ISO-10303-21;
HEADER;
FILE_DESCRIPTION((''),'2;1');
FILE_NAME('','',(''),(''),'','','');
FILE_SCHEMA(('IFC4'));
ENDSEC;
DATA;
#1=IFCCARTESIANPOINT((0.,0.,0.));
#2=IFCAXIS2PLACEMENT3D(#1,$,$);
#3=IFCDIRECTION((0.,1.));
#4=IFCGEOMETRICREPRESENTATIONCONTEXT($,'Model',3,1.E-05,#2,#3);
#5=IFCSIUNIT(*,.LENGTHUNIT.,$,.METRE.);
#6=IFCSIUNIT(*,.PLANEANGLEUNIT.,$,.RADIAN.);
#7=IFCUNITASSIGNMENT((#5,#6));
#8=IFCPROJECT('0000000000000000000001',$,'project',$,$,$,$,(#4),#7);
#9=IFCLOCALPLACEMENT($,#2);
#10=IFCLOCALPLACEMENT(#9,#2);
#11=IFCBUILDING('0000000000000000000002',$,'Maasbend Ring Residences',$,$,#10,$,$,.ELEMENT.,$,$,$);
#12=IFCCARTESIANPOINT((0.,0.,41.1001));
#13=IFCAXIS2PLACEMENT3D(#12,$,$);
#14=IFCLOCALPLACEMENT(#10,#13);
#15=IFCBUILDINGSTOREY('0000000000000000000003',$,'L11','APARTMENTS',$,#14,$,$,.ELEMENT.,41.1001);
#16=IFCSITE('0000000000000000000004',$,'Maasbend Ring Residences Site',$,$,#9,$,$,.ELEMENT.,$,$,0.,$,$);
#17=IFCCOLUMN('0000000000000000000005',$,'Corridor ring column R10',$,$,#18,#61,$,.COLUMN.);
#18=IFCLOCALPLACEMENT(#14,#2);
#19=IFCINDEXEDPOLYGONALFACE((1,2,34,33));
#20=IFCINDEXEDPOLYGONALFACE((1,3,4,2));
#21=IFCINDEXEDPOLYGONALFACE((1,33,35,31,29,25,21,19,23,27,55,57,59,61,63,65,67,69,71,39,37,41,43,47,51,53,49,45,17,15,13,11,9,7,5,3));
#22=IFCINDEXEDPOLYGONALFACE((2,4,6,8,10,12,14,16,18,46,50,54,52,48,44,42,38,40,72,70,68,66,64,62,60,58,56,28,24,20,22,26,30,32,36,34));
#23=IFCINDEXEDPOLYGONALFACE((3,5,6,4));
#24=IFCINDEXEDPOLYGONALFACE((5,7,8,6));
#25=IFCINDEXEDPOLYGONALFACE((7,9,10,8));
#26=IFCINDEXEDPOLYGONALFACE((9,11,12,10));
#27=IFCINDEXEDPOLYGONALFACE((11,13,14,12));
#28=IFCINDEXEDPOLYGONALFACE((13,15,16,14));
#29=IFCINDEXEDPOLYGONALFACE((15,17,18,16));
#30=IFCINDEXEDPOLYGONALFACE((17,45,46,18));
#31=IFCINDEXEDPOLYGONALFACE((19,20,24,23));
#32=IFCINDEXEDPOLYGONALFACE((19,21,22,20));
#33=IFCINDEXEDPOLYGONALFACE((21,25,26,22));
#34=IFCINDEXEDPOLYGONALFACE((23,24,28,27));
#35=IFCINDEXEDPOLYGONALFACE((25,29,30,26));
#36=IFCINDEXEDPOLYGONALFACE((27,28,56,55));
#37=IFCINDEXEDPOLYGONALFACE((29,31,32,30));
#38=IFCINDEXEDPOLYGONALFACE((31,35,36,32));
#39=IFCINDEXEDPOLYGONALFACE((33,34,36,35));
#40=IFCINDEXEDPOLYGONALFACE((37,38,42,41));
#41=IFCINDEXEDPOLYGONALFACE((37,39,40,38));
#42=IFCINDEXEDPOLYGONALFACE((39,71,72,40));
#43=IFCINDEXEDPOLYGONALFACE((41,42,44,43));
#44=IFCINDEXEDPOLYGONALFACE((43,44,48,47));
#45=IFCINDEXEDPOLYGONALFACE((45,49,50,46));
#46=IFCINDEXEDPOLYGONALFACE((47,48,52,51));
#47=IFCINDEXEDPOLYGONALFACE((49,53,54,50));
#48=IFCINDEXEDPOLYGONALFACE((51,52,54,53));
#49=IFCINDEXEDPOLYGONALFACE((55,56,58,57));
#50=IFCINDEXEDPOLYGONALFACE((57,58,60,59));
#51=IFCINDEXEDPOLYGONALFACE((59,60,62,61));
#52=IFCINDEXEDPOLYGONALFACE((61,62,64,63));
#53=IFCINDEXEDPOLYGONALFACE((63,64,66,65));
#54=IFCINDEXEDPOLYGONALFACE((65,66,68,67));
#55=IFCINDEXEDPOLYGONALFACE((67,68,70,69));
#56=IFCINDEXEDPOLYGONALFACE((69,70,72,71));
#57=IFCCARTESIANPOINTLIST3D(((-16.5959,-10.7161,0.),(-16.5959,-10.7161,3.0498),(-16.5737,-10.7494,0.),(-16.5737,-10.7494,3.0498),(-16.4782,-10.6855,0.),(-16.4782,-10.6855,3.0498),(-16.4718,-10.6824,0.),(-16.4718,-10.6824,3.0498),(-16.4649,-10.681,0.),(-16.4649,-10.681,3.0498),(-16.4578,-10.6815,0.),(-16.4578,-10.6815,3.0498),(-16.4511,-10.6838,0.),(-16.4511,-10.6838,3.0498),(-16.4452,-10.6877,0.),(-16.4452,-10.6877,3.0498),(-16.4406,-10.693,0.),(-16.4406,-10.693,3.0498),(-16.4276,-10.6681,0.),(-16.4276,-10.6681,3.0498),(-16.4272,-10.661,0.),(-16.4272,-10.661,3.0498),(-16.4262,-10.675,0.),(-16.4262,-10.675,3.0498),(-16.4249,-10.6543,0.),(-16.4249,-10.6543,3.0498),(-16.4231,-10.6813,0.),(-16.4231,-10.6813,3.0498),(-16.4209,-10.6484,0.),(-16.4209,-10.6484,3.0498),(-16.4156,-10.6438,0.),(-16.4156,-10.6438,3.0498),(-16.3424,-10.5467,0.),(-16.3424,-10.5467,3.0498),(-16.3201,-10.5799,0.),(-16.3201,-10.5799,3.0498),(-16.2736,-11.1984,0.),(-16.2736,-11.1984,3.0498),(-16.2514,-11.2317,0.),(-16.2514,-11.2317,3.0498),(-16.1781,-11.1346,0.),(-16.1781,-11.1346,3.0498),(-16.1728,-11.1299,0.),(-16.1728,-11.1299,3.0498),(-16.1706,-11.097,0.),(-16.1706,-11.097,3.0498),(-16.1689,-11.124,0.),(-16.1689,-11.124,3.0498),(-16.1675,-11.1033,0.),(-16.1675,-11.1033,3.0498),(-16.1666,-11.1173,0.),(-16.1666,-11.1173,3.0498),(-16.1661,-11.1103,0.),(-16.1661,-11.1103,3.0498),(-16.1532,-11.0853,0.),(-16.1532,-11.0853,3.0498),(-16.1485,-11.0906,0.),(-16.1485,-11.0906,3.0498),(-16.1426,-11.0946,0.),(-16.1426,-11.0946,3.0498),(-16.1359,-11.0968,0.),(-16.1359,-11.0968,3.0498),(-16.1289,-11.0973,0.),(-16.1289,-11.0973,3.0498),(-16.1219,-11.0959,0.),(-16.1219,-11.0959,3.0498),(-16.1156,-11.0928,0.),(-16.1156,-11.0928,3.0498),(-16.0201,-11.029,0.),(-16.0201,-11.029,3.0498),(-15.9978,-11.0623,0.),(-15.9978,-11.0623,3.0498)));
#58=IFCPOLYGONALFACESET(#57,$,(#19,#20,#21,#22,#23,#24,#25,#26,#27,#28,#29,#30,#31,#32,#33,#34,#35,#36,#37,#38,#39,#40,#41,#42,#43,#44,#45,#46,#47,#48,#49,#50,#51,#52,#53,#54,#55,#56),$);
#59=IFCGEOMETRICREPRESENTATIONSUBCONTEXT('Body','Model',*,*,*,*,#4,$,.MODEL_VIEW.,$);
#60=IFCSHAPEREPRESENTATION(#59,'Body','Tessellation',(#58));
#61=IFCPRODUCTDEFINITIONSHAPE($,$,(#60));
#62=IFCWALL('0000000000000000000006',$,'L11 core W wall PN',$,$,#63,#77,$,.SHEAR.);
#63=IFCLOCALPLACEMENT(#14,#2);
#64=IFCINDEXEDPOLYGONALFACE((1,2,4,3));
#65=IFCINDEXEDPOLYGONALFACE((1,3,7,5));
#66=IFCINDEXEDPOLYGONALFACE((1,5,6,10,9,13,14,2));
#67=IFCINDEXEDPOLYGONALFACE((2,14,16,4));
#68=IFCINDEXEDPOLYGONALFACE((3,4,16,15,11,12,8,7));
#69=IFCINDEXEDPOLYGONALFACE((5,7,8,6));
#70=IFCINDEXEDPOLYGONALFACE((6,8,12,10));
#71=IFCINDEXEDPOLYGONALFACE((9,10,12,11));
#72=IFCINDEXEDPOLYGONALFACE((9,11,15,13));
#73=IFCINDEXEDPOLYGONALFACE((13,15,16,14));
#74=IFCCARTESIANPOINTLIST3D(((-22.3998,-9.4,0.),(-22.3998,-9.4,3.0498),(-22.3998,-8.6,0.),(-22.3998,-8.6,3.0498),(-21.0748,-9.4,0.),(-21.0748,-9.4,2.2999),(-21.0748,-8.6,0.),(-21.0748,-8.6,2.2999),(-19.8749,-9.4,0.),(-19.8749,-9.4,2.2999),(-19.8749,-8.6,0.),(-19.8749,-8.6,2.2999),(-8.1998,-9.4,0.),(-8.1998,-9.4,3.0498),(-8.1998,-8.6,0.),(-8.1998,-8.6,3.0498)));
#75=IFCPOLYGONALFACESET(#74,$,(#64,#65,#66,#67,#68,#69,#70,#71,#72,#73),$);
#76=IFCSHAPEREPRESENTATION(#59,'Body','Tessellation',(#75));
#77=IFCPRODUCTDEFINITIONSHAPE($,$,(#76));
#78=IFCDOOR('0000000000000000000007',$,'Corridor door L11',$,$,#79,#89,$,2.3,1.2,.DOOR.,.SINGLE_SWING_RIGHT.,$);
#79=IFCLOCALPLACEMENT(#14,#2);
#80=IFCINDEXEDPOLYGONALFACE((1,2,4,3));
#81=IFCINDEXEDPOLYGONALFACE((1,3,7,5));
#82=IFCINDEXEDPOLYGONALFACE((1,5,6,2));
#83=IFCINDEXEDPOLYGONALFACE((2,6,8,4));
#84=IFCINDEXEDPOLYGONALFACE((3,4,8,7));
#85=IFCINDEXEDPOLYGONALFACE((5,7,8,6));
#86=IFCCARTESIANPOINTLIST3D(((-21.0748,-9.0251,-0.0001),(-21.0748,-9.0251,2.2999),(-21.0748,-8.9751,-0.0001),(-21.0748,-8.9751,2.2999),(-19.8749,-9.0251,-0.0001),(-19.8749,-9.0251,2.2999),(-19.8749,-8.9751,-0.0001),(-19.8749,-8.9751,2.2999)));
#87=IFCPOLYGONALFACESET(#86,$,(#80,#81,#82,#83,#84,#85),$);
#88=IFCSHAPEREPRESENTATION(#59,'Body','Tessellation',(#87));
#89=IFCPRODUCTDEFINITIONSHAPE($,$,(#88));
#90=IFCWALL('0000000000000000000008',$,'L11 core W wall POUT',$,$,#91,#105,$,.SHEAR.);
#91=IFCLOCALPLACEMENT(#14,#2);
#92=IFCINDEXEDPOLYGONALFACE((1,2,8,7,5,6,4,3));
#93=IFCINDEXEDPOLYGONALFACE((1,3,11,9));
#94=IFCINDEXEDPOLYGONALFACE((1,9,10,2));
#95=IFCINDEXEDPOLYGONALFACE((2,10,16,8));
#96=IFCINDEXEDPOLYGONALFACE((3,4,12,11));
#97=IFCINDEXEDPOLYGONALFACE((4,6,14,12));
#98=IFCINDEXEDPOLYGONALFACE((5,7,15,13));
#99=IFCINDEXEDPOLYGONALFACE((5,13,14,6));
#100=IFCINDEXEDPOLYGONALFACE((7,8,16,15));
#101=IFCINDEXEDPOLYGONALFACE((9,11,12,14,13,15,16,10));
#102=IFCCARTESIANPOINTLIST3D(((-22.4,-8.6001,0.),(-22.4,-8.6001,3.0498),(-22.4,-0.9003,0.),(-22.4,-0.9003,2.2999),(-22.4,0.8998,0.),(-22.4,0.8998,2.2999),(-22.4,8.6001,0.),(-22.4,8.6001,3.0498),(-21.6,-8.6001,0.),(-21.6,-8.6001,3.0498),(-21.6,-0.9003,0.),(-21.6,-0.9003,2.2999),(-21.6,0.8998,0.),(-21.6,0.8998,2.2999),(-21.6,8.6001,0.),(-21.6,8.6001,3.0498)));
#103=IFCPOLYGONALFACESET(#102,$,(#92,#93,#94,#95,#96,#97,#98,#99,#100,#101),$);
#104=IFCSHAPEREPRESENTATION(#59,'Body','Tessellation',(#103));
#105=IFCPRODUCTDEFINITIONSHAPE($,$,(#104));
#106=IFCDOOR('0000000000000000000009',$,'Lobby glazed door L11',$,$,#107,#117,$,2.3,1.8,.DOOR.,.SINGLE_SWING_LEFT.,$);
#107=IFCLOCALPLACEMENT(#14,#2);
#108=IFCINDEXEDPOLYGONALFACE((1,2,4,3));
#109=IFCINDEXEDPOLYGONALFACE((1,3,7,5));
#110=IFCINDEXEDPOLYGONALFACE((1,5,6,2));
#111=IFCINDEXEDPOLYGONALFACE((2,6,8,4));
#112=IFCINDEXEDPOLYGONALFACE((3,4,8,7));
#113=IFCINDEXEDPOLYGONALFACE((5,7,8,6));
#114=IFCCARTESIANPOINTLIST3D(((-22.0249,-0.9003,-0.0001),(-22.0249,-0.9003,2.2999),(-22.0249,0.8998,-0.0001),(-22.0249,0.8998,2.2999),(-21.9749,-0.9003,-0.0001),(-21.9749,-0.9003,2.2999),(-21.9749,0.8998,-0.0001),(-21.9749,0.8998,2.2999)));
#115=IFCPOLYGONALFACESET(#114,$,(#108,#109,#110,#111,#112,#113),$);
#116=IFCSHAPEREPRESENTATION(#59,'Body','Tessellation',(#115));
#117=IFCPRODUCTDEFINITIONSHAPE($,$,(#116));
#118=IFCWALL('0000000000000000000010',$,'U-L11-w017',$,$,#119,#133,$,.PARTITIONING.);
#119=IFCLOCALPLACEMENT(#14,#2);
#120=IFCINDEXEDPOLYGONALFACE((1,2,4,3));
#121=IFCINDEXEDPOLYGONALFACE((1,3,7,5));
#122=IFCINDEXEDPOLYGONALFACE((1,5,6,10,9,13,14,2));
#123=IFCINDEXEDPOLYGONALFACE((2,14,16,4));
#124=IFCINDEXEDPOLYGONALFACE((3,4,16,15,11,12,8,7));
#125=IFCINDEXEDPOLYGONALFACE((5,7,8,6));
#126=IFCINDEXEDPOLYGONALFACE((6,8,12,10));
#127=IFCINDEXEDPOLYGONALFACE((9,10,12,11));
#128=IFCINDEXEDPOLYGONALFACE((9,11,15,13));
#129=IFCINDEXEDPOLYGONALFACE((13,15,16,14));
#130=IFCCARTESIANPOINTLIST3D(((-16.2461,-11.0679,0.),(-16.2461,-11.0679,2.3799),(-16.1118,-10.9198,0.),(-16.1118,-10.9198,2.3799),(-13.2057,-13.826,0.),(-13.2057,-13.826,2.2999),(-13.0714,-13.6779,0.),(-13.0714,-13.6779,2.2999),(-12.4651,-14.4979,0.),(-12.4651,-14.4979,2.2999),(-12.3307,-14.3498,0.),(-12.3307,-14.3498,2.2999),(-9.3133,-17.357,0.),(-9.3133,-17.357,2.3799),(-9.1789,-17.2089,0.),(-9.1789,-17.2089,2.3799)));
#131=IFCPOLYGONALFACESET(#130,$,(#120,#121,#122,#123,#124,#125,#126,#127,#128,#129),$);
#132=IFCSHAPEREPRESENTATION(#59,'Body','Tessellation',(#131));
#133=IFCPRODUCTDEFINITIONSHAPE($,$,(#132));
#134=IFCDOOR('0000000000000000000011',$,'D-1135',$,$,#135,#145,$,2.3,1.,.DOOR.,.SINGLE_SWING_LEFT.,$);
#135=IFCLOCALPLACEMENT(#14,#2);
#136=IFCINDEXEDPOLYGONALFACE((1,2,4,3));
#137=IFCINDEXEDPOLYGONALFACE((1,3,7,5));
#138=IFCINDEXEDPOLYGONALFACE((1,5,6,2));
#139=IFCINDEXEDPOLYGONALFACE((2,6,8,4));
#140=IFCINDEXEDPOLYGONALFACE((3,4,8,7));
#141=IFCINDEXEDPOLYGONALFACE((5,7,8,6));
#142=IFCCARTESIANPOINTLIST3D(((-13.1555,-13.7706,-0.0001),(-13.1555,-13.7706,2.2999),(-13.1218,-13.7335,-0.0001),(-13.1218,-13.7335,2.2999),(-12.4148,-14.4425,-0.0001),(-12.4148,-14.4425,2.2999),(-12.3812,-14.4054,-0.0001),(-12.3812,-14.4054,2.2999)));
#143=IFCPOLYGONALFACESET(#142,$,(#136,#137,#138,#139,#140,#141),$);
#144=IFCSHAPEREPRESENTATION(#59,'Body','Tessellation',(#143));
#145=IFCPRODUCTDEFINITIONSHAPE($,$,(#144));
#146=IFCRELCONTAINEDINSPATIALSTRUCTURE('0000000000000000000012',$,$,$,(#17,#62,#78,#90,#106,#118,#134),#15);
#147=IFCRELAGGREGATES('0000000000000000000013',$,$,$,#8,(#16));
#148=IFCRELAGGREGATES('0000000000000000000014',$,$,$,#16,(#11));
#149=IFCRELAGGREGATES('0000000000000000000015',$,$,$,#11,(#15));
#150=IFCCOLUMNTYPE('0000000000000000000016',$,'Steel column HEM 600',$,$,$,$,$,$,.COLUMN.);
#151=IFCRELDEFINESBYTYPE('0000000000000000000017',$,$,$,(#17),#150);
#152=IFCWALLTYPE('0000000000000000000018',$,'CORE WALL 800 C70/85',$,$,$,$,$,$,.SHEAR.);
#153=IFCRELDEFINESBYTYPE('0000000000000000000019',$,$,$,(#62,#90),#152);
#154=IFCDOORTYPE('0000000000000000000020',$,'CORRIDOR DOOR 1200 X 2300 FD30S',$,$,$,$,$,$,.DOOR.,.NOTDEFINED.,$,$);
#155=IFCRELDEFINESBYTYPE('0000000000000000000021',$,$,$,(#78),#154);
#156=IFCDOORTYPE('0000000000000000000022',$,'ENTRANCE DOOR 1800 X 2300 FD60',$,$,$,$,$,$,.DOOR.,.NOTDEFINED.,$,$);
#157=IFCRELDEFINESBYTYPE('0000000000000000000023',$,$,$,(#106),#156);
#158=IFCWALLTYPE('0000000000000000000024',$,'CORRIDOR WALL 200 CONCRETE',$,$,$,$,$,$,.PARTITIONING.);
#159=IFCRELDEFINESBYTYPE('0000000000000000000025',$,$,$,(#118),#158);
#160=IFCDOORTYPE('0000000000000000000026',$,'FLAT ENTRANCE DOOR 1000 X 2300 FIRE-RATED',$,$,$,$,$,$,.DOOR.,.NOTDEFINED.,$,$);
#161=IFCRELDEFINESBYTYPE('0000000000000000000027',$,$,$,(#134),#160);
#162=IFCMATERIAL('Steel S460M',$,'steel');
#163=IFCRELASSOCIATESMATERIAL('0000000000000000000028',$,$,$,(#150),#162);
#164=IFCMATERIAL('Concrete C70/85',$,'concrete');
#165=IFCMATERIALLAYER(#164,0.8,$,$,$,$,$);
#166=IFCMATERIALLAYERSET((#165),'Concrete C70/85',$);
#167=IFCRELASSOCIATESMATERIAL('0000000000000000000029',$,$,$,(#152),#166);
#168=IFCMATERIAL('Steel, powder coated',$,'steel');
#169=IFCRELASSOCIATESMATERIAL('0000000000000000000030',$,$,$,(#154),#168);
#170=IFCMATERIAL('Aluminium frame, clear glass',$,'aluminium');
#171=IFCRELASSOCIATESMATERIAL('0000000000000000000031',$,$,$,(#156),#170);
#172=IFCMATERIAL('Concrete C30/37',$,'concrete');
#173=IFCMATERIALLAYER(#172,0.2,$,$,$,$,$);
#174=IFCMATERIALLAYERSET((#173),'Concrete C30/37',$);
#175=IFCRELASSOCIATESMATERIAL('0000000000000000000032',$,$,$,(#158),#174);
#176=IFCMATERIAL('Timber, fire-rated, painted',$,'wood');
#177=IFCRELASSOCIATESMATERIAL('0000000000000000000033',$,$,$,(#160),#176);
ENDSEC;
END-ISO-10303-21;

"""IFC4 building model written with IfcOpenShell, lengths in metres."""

from ifc_helpers import new_model, si_unit, direction, frame, frame_2d, origin, origin_2d, place, context, subcontext, project, spatial, rectangle, i_section, extrude, material, layer, layer_set, material_profile, profile_set, type_object, element, fill, save


model = new_model("IFC4")

# Units and contexts
model_context = context("Model", 3, precision=1e-05, world=origin(), true_north=direction((0.0, 1.0)))
body_context = subcontext(model_context, "Body", "Model", "MODEL_VIEW")
ifc_project = project(units=[si_unit("LENGTHUNIT", "METRE"), si_unit("PLANEANGLEUNIT", "RADIAN")], contexts=[model_context])

# Site, building, storey
site_placement = place(None, origin())
site = spatial("IfcSite", under=ifc_project, at=site_placement, Name="Maasbend Ring Residences Site", CompositionType="ELEMENT", RefElevation=0.0)
building_placement = place(site_placement, origin())
building = spatial("IfcBuilding", under=site, at=building_placement, Name="Maasbend Ring Residences", CompositionType="ELEMENT")
storey_placement = place(building_placement, frame((0.0, 0.0, 41.1001)))
storey = spatial("IfcBuildingStorey", under=building, at=storey_placement, Name="L11", Description="APARTMENTS", CompositionType="ELEMENT", Elevation=41.1001)

# Column
ifc_material_1 = material(Name="Steel S460M", Category="steel")
ifc_material_profile = material_profile(ifc_material_1, i_section(OverallWidth=0.3049, OverallDepth=0.6201, WebThickness=0.021, FlangeThickness=0.04, FilletRadius=0.0271, at=origin_2d()), Name="HEM 600")
ifc_profile_set = profile_set([ifc_material_profile], Name="Steel S460M")
column_type = type_object("IfcColumnType", Name="Steel column HEM 600", PredefinedType="COLUMN", material=ifc_profile_set)
column_placement = place(storey_placement, frame((-16.2969, -10.8892, 0.0), z_axis=(0.0, 0.0, 1.0), x_axis=(-0.83147, -0.55557, 0.0)))
element("IfcColumn", 1, at=column_placement, inside=storey, type_object=column_type, Name="Corridor ring column R10", PredefinedType="COLUMN", context=body_context, shape_type="SweptSolid", body=[
    extrude(i_section(OverallWidth=0.3049, OverallDepth=0.6201, WebThickness=0.021, FlangeThickness=0.04, FilletRadius=0.0271, at=origin_2d()), origin(), (0.0, 0.0, 1.0), 3.0498),
])

# Walls, openings, doors
ifc_material_2 = material(Name="Concrete C70/85", Category="concrete")
ifc_layer_1 = layer(ifc_material_2, 0.8)
ifc_layer_set_1 = layer_set([ifc_layer_1], Name="Concrete C70/85")
wall_type_1 = type_object("IfcWallType", Name="CORE WALL 800 C70/85", PredefinedType="SHEAR", material=ifc_layer_set_1)
wall_1_placement = place(storey_placement, frame((-22.3999, -9.0, 0.0), z_axis=(0.0, 0.0, 1.0), x_axis=(1.0, 0.0, 0.0)))
wall_1 = element("IfcWall", 2, at=wall_1_placement, inside=storey, type_object=wall_type_1, Name="L11 core W wall PN", PredefinedType="SHEAR", context=body_context, shape_type="SweptSolid", body=[
    extrude(rectangle(XDim=14.2, YDim=0.8, at=frame_2d((7.1001, 0.0))), origin(), (0.0, 0.0, 1.0), 3.0498),
])
opening_1_placement = place(wall_1_placement, frame((1.325, 0.0, 0.0)))
opening_1 = element("IfcOpeningElement", 3, at=opening_1_placement, cuts=wall_1, PredefinedType="OPENING", context=body_context, shape_type="SweptSolid", body=[
    extrude(rectangle(XDim=1.2, YDim=2.3, at=frame_2d((0.6001, 1.1499))), frame((0.0, 0.4102, 0.0), z_axis=(0.0, -1.0, 0.0), x_axis=(1.0, 0.0, 0.0)), (0.0, 0.0, 1.0), 0.8201),
])
ifc_material_3 = material(Name="Steel, powder coated", Category="steel")
door_type_1 = type_object("IfcDoorType", Name="CORRIDOR DOOR 1200 X 2300 FD30S", OperationType="NOTDEFINED", PredefinedType="DOOR", material=ifc_material_3)
door_1_placement = place(opening_1_placement, origin())
door_1 = element("IfcDoor", 4, at=door_1_placement, inside=storey, type_object=door_type_1, Name="Corridor door L11", OperationType="SINGLE_SWING_RIGHT", OverallHeight=2.3, OverallWidth=1.2, PredefinedType="DOOR", context=body_context, shape_type="SweptSolid", body=[
    extrude(rectangle(XDim=1.2, YDim=2.3, at=frame_2d((0.6001, 1.1499))), frame((0.0, 0.0249, 0.0), z_axis=(0.0, -1.0, 0.0), x_axis=(1.0, 0.0, 0.0)), (0.0, 0.0, 1.0), 0.05),
])
fill(opening_1, door_1)
wall_2_placement = place(storey_placement, frame((-22.0, -8.6001, 0.0), z_axis=(0.0, 0.0, 1.0), x_axis=(0.0, 1.0, 0.0)))
wall_2 = element("IfcWall", 5, at=wall_2_placement, inside=storey, type_object=wall_type_1, Name="L11 core W wall POUT", PredefinedType="SHEAR", context=body_context, shape_type="SweptSolid", body=[
    extrude(rectangle(XDim=17.2002, YDim=0.8, at=frame_2d((8.6001, 0.0))), origin(), (0.0, 0.0, 1.0), 3.0498),
])
opening_2_placement = place(wall_2_placement, frame((7.7, 0.0, 0.0)))
opening_2 = element("IfcOpeningElement", 6, at=opening_2_placement, cuts=wall_2, PredefinedType="OPENING", context=body_context, shape_type="SweptSolid", body=[
    extrude(rectangle(XDim=1.8, YDim=2.3, at=frame_2d((0.8999, 1.1499))), frame((0.0, 0.4102, 0.0), z_axis=(0.0, -1.0, 0.0), x_axis=(1.0, 0.0, 0.0)), (0.0, 0.0, 1.0), 0.8201),
])
ifc_material_4 = material(Name="Aluminium frame, clear glass", Category="aluminium")
door_type_2 = type_object("IfcDoorType", Name="ENTRANCE DOOR 1800 X 2300 FD60", OperationType="NOTDEFINED", PredefinedType="DOOR", material=ifc_material_4)
door_2_placement = place(opening_2_placement, origin())
door_2 = element("IfcDoor", 7, at=door_2_placement, inside=storey, type_object=door_type_2, Name="Lobby glazed door L11", OperationType="SINGLE_SWING_LEFT", OverallHeight=2.3, OverallWidth=1.8, PredefinedType="DOOR", context=body_context, shape_type="SweptSolid", body=[
    extrude(rectangle(XDim=1.8, YDim=2.3, at=frame_2d((0.8999, 1.1499))), frame((0.0, 0.0249, 0.0), z_axis=(0.0, -1.0, 0.0), x_axis=(1.0, 0.0, 0.0)), (0.0, 0.0, 1.0), 0.05),
])
fill(opening_2, door_2)
ifc_material_5 = material(Name="Concrete C30/37", Category="concrete")
ifc_layer_2 = layer(ifc_material_5, 0.2)
ifc_layer_set_2 = layer_set([ifc_layer_2], Name="Concrete C30/37")
wall_type_2 = type_object("IfcWallType", Name="CORRIDOR WALL 200 CONCRETE", PredefinedType="PARTITIONING", material=ifc_layer_set_2)
wall_3_placement = place(storey_placement, frame((-16.179, -10.9939, 0.0), z_axis=(0.0, 0.0, 1.0), x_axis=(0.74066, -0.67188, 0.0)))
wall_3 = element("IfcWall", 8, at=wall_3_placement, inside=storey, type_object=wall_type_2, Name="U-L11-w017", PredefinedType="PARTITIONING", context=body_context, shape_type="SweptSolid", body=[
    extrude(rectangle(XDim=9.3604, YDim=0.2, at=frame_2d((4.6802, 0.0))), origin(), (0.0, 0.0, 1.0), 2.3799),
])
opening_3_placement = place(wall_3_placement, frame((4.105, 0.0, 0.0)))
opening_3 = element("IfcOpeningElement", 9, at=opening_3_placement, cuts=wall_3, PredefinedType="OPENING", context=body_context, shape_type="SweptSolid", body=[
    extrude(rectangle(XDim=1.0, YDim=2.3, at=frame_2d((0.5, 1.1499))), frame((0.0, 0.1099, 0.0), z_axis=(0.0, -1.0, 0.0), x_axis=(1.0, 0.0, 0.0)), (0.0, 0.0, 1.0), 0.22),
])
ifc_material_6 = material(Name="Timber, fire-rated, painted", Category="wood")
door_type_3 = type_object("IfcDoorType", Name="FLAT ENTRANCE DOOR 1000 X 2300 FIRE-RATED", OperationType="NOTDEFINED", PredefinedType="DOOR", material=ifc_material_6)
door_3_placement = place(opening_3_placement, origin())
door_3 = element("IfcDoor", 10, at=door_3_placement, inside=storey, type_object=door_type_3, Name="D-1135", OperationType="SINGLE_SWING_LEFT", OverallHeight=2.3, OverallWidth=1.0, PredefinedType="DOOR", context=body_context, shape_type="SweptSolid", body=[
    extrude(rectangle(XDim=1.0, YDim=2.3, at=frame_2d((0.5, 1.1499))), frame((0.0, 0.0249, 0.0), z_axis=(0.0, -1.0, 0.0), x_axis=(1.0, 0.0, 0.0)), (0.0, 0.0, 1.0), 0.05),
])
fill(opening_3, door_3)

save(model, "model.ifc")
